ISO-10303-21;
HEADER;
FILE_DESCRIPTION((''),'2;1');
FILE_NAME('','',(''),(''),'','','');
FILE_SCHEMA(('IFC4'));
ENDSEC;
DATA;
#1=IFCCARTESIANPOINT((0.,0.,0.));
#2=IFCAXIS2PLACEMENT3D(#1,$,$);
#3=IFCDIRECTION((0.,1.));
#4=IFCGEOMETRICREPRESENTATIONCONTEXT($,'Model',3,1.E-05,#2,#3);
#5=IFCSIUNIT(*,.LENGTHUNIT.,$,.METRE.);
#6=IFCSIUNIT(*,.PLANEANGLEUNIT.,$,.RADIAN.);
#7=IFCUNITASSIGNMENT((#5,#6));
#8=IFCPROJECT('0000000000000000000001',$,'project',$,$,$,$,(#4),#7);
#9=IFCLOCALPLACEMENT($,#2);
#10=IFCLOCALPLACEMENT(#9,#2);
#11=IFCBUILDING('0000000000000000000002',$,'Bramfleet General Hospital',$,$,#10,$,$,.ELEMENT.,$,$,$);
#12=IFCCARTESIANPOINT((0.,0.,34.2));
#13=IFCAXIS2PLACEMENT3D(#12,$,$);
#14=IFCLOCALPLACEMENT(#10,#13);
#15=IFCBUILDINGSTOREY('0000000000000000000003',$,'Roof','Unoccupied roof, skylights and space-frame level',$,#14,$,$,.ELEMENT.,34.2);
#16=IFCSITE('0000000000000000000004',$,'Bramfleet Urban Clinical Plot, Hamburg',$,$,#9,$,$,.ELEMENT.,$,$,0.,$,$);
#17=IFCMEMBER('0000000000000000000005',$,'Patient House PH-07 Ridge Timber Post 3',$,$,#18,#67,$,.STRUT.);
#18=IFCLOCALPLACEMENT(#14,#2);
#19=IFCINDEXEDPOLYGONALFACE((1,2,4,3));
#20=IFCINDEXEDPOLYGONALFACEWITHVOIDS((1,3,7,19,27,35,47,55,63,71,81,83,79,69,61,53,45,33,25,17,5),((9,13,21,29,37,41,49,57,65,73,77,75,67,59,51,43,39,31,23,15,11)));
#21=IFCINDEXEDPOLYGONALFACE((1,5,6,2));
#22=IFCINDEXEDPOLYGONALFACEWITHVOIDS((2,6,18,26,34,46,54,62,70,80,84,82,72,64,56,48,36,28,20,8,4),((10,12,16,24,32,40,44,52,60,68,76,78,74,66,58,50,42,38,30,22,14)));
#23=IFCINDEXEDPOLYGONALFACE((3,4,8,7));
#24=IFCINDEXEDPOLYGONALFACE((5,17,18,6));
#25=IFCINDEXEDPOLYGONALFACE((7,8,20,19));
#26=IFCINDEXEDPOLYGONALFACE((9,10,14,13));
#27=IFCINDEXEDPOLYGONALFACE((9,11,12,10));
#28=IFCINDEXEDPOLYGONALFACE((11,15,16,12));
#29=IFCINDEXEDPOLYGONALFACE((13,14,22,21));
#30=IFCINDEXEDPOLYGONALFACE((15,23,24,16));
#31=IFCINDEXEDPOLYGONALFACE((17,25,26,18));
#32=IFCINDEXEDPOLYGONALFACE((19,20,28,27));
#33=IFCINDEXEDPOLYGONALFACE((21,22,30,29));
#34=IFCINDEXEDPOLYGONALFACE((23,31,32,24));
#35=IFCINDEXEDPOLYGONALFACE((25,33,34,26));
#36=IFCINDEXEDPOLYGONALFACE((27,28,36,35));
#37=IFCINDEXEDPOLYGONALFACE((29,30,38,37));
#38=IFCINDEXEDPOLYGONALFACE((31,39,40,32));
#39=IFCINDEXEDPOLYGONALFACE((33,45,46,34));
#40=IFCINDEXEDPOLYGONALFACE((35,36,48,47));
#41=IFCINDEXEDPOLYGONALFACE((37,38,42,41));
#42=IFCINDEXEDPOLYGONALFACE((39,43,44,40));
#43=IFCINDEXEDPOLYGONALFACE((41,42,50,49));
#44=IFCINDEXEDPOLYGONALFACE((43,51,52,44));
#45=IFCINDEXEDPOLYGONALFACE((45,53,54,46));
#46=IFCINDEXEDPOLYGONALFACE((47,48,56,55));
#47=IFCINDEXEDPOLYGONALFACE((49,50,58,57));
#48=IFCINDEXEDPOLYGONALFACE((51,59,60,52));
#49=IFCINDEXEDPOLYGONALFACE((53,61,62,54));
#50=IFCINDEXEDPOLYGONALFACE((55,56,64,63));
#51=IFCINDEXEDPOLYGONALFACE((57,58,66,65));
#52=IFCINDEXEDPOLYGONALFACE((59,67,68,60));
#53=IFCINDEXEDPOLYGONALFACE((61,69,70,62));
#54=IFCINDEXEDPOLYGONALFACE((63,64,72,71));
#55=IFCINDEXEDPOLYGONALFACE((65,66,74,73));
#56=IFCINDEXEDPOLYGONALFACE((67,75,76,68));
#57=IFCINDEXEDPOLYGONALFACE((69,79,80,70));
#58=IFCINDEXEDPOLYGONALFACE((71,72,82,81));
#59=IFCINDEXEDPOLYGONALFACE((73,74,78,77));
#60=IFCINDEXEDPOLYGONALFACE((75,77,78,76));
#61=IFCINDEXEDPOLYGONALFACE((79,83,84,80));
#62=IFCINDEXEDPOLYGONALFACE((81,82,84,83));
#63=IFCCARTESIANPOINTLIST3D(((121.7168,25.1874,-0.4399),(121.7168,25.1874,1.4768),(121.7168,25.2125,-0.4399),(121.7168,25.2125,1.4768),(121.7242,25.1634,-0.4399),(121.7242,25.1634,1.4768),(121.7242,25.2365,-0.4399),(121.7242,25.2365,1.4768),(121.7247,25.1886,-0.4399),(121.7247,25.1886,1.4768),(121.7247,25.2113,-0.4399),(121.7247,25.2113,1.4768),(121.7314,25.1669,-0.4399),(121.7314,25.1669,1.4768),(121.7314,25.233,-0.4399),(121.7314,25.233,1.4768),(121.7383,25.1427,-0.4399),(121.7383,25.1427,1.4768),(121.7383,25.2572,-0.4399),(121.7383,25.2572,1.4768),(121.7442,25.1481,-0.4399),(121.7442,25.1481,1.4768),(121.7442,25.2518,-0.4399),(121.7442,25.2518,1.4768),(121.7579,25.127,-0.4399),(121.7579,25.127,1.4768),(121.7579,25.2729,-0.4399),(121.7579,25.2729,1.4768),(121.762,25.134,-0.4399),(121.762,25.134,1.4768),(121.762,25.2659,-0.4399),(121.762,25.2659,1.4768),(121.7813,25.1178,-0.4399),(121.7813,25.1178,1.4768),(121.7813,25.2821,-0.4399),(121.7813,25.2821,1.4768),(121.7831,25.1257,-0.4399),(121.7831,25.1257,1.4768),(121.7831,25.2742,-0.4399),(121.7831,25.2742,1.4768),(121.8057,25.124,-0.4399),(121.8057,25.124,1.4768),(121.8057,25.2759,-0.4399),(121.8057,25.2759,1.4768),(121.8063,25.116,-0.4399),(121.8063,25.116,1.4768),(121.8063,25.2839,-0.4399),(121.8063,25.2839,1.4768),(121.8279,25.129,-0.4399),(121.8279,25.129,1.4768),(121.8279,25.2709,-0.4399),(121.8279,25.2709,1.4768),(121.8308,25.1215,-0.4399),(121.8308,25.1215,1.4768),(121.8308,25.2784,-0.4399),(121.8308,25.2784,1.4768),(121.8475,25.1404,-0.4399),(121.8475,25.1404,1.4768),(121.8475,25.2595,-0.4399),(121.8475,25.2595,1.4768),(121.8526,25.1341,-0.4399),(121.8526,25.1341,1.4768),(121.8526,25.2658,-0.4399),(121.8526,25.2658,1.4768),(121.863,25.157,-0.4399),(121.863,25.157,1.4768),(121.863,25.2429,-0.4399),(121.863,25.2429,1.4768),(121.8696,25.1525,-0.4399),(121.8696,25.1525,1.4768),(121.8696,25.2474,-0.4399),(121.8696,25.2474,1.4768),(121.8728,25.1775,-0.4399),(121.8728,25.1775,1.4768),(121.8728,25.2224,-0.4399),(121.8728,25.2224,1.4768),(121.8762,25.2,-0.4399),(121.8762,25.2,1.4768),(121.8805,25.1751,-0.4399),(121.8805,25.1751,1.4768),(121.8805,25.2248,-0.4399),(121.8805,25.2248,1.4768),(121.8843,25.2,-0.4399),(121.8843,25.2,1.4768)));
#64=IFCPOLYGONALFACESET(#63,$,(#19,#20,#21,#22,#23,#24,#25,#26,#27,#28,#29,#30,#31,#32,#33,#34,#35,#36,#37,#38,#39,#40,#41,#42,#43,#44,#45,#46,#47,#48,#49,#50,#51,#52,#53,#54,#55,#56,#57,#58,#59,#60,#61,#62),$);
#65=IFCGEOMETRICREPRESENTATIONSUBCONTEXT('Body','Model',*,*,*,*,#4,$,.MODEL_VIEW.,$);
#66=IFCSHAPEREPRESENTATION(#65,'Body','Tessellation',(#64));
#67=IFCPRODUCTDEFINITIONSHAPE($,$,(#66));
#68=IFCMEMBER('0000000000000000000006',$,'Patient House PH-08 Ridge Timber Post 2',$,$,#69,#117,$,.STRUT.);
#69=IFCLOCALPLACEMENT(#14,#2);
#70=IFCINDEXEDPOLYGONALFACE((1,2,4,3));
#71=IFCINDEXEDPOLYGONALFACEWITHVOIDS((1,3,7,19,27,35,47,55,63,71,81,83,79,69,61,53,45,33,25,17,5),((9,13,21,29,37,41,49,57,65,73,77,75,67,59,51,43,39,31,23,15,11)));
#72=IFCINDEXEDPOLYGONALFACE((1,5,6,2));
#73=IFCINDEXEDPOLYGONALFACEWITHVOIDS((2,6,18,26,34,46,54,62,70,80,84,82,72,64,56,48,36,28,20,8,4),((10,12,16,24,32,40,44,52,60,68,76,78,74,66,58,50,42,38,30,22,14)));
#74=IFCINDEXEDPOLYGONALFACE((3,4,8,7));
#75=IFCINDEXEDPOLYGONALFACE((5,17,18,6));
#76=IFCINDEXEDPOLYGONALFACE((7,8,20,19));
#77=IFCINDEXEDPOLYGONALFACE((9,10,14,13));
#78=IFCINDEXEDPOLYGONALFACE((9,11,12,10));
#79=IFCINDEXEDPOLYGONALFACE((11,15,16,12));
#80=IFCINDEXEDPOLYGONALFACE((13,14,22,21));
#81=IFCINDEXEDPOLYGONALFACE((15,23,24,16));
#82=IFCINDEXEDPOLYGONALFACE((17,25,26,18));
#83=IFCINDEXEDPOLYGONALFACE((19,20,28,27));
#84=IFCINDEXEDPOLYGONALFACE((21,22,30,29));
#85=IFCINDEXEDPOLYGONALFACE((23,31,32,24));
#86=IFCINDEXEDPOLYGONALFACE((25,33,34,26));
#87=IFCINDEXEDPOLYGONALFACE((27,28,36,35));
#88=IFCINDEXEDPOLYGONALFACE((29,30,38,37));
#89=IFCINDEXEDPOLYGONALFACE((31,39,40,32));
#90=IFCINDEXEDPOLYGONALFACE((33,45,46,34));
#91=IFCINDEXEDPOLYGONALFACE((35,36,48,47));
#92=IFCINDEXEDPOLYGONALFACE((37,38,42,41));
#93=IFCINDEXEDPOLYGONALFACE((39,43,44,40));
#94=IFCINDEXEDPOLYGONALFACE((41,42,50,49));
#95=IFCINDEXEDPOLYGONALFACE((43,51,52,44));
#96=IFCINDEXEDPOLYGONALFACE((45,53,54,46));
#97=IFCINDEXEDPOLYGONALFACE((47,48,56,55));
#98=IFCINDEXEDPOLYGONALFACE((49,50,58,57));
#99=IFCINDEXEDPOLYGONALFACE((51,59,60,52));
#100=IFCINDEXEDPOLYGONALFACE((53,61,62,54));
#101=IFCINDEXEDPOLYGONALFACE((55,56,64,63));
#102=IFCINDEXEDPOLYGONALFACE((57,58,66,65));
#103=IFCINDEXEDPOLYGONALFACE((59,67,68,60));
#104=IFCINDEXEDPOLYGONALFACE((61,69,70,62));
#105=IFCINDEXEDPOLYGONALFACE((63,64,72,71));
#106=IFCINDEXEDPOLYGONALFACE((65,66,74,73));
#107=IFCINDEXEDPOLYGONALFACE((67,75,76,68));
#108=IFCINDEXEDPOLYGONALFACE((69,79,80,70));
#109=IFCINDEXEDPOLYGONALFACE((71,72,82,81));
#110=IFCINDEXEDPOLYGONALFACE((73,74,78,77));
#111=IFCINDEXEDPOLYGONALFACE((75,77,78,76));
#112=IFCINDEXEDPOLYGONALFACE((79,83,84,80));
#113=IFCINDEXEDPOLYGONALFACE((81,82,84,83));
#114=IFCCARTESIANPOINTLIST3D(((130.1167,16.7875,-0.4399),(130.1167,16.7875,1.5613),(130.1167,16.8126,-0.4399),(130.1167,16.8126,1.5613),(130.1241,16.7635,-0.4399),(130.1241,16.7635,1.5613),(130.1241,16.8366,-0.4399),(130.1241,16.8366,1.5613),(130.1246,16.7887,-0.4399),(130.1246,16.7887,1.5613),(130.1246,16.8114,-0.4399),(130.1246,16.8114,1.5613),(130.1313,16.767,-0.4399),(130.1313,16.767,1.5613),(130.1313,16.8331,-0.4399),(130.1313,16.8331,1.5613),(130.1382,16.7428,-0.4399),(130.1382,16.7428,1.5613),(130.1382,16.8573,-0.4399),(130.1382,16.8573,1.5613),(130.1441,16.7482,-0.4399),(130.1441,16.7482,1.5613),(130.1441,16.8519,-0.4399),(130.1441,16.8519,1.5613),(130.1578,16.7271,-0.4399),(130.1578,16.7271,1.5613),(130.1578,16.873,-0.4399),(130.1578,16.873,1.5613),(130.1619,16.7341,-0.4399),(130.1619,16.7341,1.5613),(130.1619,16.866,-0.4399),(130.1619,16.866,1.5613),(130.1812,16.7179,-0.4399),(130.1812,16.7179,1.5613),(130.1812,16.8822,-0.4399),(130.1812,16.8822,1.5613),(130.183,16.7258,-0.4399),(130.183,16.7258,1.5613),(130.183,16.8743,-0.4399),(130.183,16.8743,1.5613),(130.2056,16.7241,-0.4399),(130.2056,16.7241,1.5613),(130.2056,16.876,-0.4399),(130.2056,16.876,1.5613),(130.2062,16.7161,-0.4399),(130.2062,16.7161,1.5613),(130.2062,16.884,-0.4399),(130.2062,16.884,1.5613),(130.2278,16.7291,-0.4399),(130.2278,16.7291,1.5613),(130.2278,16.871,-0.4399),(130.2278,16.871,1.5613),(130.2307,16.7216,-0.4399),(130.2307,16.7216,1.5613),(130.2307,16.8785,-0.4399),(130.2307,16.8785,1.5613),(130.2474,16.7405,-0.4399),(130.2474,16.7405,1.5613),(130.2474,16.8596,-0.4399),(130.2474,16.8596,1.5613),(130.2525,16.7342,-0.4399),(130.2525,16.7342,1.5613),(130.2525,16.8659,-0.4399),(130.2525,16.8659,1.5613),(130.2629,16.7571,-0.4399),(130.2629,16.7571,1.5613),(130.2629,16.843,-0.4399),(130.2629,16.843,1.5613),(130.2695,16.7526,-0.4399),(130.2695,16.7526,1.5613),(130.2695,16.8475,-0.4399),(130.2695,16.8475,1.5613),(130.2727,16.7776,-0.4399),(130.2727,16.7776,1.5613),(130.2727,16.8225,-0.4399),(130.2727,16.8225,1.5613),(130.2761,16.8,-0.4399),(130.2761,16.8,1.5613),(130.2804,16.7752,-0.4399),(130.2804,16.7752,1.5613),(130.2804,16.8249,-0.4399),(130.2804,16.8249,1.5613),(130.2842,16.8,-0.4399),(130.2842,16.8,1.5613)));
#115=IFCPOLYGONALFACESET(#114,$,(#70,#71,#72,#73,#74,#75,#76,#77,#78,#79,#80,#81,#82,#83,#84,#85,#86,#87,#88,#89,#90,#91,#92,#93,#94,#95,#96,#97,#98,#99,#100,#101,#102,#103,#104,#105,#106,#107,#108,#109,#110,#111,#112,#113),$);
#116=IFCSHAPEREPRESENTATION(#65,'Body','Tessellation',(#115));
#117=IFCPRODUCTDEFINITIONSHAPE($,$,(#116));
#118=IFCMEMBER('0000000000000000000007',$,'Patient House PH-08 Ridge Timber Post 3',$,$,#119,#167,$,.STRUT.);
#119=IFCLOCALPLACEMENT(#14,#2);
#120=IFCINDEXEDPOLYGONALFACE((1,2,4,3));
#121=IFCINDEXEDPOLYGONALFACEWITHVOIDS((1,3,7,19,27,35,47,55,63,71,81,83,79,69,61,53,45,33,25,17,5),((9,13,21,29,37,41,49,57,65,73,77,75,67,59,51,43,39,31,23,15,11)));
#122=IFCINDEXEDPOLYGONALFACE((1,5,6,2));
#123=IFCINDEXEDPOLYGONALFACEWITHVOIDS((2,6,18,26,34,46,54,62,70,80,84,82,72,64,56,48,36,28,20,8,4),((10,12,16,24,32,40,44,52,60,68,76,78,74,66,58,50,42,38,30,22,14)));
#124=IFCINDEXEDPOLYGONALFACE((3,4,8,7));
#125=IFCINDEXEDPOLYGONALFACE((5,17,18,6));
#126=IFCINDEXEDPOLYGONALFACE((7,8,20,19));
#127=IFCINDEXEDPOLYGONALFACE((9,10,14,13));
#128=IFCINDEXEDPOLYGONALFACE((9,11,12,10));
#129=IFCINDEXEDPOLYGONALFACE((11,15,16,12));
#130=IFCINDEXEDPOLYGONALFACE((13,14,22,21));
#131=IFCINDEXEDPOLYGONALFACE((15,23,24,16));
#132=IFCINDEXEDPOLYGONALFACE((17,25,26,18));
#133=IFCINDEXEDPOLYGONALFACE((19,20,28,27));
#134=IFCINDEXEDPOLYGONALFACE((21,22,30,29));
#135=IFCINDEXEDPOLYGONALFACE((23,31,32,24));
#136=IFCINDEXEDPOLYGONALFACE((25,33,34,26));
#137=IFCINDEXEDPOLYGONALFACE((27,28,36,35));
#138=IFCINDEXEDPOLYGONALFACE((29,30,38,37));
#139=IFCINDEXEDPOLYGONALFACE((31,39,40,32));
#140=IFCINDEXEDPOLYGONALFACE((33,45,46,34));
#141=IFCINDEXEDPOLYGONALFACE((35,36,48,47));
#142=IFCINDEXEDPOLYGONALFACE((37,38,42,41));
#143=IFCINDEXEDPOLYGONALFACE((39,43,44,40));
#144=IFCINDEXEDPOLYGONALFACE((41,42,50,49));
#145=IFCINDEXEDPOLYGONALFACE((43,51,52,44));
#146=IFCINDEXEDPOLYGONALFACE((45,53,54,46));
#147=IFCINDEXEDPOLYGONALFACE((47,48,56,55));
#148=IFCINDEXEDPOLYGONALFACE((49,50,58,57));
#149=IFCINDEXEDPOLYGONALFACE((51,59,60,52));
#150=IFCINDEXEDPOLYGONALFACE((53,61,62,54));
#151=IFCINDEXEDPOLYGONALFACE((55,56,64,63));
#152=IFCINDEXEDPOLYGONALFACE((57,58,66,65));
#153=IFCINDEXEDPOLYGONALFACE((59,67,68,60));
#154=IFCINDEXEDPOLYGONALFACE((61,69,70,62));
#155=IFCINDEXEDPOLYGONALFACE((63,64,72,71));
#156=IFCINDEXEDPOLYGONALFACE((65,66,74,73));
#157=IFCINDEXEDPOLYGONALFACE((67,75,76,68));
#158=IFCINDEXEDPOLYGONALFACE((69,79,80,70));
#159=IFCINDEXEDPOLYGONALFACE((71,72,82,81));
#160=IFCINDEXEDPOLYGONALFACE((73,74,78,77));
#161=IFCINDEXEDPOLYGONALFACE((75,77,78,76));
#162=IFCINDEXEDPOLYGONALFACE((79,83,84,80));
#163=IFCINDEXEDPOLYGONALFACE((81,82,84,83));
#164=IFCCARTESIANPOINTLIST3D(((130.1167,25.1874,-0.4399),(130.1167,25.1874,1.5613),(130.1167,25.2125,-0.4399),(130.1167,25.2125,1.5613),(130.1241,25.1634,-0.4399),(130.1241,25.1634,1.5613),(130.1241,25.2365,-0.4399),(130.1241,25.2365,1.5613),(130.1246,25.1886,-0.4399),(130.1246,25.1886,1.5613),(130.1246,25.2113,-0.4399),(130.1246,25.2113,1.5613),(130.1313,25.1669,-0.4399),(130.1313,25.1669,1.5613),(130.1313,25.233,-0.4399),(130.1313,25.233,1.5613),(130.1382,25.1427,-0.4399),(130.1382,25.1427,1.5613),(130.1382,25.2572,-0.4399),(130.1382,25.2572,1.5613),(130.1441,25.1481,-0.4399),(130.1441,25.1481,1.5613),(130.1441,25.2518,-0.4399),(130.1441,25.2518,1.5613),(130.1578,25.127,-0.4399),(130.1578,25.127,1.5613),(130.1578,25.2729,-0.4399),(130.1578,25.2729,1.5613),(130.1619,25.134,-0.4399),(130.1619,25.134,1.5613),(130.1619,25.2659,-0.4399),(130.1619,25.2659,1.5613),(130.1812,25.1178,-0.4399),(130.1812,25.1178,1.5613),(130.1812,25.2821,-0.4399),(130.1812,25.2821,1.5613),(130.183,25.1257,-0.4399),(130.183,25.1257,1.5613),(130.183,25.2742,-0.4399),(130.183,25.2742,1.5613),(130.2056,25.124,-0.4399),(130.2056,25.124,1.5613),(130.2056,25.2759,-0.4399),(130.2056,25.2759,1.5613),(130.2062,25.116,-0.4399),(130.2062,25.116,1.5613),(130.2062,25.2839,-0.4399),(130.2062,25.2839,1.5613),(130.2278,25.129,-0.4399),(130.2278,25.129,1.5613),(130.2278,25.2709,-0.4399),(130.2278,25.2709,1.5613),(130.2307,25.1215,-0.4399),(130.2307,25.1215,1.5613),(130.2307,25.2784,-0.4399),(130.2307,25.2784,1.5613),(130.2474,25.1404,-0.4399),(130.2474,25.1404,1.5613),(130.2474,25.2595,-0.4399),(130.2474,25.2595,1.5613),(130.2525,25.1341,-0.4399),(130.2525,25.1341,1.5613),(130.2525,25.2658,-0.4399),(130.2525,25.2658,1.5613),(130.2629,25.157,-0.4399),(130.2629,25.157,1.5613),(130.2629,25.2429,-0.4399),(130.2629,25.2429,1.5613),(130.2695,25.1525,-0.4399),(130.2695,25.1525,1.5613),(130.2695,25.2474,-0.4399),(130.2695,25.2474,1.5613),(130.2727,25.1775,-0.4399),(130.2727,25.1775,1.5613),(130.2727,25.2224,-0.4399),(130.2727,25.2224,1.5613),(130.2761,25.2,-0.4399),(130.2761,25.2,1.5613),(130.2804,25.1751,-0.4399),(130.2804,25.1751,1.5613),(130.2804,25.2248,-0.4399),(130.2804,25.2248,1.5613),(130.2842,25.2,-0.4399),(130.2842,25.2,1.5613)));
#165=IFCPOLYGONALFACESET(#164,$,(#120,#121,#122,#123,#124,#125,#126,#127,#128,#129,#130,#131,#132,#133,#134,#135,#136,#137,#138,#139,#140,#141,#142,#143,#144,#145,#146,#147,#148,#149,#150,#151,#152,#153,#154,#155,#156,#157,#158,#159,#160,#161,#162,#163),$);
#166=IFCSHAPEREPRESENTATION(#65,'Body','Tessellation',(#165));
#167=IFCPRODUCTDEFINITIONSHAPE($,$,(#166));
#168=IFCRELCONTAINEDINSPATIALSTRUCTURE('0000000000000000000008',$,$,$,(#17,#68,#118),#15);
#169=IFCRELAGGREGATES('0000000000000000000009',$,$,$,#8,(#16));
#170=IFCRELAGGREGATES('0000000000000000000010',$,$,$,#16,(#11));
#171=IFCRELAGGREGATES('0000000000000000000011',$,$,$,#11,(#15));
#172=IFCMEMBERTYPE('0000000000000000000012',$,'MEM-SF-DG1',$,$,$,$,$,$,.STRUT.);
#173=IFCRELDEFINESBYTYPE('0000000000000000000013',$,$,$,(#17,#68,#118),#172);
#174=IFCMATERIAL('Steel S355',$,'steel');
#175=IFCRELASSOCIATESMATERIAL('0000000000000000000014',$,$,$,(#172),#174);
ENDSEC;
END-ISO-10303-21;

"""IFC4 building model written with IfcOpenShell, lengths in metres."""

from ifc_helpers import new_model, si_unit, direction, frame, origin, origin_2d, place, context, subcontext, project, spatial, hollow_circle, extrude, material, material_profile, profile_set, type_object, element, save


model = new_model("IFC4")

# Units and contexts
model_context = context("Model", 3, precision=1e-05, world=origin(), true_north=direction((0.0, 1.0)))
body_context = subcontext(model_context, "Body", "Model", "MODEL_VIEW")
ifc_project = project(units=[si_unit("LENGTHUNIT", "METRE"), si_unit("PLANEANGLEUNIT", "RADIAN")], contexts=[model_context])

# Site, building, storey
site_placement = place(None, origin())
site = spatial("IfcSite", under=ifc_project, at=site_placement, Name="Bramfleet Urban Clinical Plot, Hamburg", CompositionType="ELEMENT", RefElevation=0.0)
building_placement = place(site_placement, origin())
building = spatial("IfcBuilding", under=site, at=building_placement, Name="Bramfleet General Hospital", CompositionType="ELEMENT")
storey_placement = place(building_placement, frame((0.0, 0.0, 34.2)))
storey = spatial("IfcBuildingStorey", under=building, at=storey_placement, Name="Roof", Description="Unoccupied roof, skylights and space-frame level", CompositionType="ELEMENT", Elevation=34.2)

# Members
ifc_material_1 = material(Name="Steel S355", Category="steel")
ifc_material_profile_1 = material_profile(ifc_material_1, hollow_circle(Radius=0.0842, WallThickness=0.0081, at=origin_2d()), Name="CHS 168.3x8.0")
ifc_profile_set_1 = profile_set([ifc_material_profile_1], Name="Steel S355")
member_type_1 = type_object("IfcMemberType", Name="MEM-SF-DG1", PredefinedType="STRUT", material=ifc_profile_set_1)
for number, where, z_axis, x_axis, name in (
    (1, (121.8, 25.2, -0.4399), (0.0, 0.0, 1.0), (1.0, 0.0, 0.0), "Patient House PH-07 Ridge Timber Post 3"),
):
    element("IfcMember", number, at=place(storey_placement, frame(where, z_axis=z_axis, x_axis=x_axis)), inside=storey, type_object=member_type_1, Name=name, PredefinedType="STRUT", context=body_context, shape_type="SweptSolid", body=[
        extrude(hollow_circle(Radius=0.0842, WallThickness=0.0081, at=origin_2d()), origin(), (0.0, 0.0, 1.0), 1.9167),
    ])
for number, where, z_axis, x_axis, name in (
    (2, (130.2, 16.8, -0.4399), (0.0, 0.0, 1.0), (1.0, 0.0, 0.0), "Patient House PH-08 Ridge Timber Post 2"),
    (3, (130.2, 25.2, -0.4399), (0.0, 0.0, 1.0), (1.0, 0.0, 0.0), "Patient House PH-08 Ridge Timber Post 3"),
):
    element("IfcMember", number, at=place(storey_placement, frame(where, z_axis=z_axis, x_axis=x_axis)), inside=storey, type_object=member_type_1, Name=name, PredefinedType="STRUT", context=body_context, shape_type="SweptSolid", body=[
        extrude(hollow_circle(Radius=0.0842, WallThickness=0.0081, at=origin_2d()), origin(), (0.0, 0.0, 1.0), 2.0012),
    ])

save(model, "model.ifc")
